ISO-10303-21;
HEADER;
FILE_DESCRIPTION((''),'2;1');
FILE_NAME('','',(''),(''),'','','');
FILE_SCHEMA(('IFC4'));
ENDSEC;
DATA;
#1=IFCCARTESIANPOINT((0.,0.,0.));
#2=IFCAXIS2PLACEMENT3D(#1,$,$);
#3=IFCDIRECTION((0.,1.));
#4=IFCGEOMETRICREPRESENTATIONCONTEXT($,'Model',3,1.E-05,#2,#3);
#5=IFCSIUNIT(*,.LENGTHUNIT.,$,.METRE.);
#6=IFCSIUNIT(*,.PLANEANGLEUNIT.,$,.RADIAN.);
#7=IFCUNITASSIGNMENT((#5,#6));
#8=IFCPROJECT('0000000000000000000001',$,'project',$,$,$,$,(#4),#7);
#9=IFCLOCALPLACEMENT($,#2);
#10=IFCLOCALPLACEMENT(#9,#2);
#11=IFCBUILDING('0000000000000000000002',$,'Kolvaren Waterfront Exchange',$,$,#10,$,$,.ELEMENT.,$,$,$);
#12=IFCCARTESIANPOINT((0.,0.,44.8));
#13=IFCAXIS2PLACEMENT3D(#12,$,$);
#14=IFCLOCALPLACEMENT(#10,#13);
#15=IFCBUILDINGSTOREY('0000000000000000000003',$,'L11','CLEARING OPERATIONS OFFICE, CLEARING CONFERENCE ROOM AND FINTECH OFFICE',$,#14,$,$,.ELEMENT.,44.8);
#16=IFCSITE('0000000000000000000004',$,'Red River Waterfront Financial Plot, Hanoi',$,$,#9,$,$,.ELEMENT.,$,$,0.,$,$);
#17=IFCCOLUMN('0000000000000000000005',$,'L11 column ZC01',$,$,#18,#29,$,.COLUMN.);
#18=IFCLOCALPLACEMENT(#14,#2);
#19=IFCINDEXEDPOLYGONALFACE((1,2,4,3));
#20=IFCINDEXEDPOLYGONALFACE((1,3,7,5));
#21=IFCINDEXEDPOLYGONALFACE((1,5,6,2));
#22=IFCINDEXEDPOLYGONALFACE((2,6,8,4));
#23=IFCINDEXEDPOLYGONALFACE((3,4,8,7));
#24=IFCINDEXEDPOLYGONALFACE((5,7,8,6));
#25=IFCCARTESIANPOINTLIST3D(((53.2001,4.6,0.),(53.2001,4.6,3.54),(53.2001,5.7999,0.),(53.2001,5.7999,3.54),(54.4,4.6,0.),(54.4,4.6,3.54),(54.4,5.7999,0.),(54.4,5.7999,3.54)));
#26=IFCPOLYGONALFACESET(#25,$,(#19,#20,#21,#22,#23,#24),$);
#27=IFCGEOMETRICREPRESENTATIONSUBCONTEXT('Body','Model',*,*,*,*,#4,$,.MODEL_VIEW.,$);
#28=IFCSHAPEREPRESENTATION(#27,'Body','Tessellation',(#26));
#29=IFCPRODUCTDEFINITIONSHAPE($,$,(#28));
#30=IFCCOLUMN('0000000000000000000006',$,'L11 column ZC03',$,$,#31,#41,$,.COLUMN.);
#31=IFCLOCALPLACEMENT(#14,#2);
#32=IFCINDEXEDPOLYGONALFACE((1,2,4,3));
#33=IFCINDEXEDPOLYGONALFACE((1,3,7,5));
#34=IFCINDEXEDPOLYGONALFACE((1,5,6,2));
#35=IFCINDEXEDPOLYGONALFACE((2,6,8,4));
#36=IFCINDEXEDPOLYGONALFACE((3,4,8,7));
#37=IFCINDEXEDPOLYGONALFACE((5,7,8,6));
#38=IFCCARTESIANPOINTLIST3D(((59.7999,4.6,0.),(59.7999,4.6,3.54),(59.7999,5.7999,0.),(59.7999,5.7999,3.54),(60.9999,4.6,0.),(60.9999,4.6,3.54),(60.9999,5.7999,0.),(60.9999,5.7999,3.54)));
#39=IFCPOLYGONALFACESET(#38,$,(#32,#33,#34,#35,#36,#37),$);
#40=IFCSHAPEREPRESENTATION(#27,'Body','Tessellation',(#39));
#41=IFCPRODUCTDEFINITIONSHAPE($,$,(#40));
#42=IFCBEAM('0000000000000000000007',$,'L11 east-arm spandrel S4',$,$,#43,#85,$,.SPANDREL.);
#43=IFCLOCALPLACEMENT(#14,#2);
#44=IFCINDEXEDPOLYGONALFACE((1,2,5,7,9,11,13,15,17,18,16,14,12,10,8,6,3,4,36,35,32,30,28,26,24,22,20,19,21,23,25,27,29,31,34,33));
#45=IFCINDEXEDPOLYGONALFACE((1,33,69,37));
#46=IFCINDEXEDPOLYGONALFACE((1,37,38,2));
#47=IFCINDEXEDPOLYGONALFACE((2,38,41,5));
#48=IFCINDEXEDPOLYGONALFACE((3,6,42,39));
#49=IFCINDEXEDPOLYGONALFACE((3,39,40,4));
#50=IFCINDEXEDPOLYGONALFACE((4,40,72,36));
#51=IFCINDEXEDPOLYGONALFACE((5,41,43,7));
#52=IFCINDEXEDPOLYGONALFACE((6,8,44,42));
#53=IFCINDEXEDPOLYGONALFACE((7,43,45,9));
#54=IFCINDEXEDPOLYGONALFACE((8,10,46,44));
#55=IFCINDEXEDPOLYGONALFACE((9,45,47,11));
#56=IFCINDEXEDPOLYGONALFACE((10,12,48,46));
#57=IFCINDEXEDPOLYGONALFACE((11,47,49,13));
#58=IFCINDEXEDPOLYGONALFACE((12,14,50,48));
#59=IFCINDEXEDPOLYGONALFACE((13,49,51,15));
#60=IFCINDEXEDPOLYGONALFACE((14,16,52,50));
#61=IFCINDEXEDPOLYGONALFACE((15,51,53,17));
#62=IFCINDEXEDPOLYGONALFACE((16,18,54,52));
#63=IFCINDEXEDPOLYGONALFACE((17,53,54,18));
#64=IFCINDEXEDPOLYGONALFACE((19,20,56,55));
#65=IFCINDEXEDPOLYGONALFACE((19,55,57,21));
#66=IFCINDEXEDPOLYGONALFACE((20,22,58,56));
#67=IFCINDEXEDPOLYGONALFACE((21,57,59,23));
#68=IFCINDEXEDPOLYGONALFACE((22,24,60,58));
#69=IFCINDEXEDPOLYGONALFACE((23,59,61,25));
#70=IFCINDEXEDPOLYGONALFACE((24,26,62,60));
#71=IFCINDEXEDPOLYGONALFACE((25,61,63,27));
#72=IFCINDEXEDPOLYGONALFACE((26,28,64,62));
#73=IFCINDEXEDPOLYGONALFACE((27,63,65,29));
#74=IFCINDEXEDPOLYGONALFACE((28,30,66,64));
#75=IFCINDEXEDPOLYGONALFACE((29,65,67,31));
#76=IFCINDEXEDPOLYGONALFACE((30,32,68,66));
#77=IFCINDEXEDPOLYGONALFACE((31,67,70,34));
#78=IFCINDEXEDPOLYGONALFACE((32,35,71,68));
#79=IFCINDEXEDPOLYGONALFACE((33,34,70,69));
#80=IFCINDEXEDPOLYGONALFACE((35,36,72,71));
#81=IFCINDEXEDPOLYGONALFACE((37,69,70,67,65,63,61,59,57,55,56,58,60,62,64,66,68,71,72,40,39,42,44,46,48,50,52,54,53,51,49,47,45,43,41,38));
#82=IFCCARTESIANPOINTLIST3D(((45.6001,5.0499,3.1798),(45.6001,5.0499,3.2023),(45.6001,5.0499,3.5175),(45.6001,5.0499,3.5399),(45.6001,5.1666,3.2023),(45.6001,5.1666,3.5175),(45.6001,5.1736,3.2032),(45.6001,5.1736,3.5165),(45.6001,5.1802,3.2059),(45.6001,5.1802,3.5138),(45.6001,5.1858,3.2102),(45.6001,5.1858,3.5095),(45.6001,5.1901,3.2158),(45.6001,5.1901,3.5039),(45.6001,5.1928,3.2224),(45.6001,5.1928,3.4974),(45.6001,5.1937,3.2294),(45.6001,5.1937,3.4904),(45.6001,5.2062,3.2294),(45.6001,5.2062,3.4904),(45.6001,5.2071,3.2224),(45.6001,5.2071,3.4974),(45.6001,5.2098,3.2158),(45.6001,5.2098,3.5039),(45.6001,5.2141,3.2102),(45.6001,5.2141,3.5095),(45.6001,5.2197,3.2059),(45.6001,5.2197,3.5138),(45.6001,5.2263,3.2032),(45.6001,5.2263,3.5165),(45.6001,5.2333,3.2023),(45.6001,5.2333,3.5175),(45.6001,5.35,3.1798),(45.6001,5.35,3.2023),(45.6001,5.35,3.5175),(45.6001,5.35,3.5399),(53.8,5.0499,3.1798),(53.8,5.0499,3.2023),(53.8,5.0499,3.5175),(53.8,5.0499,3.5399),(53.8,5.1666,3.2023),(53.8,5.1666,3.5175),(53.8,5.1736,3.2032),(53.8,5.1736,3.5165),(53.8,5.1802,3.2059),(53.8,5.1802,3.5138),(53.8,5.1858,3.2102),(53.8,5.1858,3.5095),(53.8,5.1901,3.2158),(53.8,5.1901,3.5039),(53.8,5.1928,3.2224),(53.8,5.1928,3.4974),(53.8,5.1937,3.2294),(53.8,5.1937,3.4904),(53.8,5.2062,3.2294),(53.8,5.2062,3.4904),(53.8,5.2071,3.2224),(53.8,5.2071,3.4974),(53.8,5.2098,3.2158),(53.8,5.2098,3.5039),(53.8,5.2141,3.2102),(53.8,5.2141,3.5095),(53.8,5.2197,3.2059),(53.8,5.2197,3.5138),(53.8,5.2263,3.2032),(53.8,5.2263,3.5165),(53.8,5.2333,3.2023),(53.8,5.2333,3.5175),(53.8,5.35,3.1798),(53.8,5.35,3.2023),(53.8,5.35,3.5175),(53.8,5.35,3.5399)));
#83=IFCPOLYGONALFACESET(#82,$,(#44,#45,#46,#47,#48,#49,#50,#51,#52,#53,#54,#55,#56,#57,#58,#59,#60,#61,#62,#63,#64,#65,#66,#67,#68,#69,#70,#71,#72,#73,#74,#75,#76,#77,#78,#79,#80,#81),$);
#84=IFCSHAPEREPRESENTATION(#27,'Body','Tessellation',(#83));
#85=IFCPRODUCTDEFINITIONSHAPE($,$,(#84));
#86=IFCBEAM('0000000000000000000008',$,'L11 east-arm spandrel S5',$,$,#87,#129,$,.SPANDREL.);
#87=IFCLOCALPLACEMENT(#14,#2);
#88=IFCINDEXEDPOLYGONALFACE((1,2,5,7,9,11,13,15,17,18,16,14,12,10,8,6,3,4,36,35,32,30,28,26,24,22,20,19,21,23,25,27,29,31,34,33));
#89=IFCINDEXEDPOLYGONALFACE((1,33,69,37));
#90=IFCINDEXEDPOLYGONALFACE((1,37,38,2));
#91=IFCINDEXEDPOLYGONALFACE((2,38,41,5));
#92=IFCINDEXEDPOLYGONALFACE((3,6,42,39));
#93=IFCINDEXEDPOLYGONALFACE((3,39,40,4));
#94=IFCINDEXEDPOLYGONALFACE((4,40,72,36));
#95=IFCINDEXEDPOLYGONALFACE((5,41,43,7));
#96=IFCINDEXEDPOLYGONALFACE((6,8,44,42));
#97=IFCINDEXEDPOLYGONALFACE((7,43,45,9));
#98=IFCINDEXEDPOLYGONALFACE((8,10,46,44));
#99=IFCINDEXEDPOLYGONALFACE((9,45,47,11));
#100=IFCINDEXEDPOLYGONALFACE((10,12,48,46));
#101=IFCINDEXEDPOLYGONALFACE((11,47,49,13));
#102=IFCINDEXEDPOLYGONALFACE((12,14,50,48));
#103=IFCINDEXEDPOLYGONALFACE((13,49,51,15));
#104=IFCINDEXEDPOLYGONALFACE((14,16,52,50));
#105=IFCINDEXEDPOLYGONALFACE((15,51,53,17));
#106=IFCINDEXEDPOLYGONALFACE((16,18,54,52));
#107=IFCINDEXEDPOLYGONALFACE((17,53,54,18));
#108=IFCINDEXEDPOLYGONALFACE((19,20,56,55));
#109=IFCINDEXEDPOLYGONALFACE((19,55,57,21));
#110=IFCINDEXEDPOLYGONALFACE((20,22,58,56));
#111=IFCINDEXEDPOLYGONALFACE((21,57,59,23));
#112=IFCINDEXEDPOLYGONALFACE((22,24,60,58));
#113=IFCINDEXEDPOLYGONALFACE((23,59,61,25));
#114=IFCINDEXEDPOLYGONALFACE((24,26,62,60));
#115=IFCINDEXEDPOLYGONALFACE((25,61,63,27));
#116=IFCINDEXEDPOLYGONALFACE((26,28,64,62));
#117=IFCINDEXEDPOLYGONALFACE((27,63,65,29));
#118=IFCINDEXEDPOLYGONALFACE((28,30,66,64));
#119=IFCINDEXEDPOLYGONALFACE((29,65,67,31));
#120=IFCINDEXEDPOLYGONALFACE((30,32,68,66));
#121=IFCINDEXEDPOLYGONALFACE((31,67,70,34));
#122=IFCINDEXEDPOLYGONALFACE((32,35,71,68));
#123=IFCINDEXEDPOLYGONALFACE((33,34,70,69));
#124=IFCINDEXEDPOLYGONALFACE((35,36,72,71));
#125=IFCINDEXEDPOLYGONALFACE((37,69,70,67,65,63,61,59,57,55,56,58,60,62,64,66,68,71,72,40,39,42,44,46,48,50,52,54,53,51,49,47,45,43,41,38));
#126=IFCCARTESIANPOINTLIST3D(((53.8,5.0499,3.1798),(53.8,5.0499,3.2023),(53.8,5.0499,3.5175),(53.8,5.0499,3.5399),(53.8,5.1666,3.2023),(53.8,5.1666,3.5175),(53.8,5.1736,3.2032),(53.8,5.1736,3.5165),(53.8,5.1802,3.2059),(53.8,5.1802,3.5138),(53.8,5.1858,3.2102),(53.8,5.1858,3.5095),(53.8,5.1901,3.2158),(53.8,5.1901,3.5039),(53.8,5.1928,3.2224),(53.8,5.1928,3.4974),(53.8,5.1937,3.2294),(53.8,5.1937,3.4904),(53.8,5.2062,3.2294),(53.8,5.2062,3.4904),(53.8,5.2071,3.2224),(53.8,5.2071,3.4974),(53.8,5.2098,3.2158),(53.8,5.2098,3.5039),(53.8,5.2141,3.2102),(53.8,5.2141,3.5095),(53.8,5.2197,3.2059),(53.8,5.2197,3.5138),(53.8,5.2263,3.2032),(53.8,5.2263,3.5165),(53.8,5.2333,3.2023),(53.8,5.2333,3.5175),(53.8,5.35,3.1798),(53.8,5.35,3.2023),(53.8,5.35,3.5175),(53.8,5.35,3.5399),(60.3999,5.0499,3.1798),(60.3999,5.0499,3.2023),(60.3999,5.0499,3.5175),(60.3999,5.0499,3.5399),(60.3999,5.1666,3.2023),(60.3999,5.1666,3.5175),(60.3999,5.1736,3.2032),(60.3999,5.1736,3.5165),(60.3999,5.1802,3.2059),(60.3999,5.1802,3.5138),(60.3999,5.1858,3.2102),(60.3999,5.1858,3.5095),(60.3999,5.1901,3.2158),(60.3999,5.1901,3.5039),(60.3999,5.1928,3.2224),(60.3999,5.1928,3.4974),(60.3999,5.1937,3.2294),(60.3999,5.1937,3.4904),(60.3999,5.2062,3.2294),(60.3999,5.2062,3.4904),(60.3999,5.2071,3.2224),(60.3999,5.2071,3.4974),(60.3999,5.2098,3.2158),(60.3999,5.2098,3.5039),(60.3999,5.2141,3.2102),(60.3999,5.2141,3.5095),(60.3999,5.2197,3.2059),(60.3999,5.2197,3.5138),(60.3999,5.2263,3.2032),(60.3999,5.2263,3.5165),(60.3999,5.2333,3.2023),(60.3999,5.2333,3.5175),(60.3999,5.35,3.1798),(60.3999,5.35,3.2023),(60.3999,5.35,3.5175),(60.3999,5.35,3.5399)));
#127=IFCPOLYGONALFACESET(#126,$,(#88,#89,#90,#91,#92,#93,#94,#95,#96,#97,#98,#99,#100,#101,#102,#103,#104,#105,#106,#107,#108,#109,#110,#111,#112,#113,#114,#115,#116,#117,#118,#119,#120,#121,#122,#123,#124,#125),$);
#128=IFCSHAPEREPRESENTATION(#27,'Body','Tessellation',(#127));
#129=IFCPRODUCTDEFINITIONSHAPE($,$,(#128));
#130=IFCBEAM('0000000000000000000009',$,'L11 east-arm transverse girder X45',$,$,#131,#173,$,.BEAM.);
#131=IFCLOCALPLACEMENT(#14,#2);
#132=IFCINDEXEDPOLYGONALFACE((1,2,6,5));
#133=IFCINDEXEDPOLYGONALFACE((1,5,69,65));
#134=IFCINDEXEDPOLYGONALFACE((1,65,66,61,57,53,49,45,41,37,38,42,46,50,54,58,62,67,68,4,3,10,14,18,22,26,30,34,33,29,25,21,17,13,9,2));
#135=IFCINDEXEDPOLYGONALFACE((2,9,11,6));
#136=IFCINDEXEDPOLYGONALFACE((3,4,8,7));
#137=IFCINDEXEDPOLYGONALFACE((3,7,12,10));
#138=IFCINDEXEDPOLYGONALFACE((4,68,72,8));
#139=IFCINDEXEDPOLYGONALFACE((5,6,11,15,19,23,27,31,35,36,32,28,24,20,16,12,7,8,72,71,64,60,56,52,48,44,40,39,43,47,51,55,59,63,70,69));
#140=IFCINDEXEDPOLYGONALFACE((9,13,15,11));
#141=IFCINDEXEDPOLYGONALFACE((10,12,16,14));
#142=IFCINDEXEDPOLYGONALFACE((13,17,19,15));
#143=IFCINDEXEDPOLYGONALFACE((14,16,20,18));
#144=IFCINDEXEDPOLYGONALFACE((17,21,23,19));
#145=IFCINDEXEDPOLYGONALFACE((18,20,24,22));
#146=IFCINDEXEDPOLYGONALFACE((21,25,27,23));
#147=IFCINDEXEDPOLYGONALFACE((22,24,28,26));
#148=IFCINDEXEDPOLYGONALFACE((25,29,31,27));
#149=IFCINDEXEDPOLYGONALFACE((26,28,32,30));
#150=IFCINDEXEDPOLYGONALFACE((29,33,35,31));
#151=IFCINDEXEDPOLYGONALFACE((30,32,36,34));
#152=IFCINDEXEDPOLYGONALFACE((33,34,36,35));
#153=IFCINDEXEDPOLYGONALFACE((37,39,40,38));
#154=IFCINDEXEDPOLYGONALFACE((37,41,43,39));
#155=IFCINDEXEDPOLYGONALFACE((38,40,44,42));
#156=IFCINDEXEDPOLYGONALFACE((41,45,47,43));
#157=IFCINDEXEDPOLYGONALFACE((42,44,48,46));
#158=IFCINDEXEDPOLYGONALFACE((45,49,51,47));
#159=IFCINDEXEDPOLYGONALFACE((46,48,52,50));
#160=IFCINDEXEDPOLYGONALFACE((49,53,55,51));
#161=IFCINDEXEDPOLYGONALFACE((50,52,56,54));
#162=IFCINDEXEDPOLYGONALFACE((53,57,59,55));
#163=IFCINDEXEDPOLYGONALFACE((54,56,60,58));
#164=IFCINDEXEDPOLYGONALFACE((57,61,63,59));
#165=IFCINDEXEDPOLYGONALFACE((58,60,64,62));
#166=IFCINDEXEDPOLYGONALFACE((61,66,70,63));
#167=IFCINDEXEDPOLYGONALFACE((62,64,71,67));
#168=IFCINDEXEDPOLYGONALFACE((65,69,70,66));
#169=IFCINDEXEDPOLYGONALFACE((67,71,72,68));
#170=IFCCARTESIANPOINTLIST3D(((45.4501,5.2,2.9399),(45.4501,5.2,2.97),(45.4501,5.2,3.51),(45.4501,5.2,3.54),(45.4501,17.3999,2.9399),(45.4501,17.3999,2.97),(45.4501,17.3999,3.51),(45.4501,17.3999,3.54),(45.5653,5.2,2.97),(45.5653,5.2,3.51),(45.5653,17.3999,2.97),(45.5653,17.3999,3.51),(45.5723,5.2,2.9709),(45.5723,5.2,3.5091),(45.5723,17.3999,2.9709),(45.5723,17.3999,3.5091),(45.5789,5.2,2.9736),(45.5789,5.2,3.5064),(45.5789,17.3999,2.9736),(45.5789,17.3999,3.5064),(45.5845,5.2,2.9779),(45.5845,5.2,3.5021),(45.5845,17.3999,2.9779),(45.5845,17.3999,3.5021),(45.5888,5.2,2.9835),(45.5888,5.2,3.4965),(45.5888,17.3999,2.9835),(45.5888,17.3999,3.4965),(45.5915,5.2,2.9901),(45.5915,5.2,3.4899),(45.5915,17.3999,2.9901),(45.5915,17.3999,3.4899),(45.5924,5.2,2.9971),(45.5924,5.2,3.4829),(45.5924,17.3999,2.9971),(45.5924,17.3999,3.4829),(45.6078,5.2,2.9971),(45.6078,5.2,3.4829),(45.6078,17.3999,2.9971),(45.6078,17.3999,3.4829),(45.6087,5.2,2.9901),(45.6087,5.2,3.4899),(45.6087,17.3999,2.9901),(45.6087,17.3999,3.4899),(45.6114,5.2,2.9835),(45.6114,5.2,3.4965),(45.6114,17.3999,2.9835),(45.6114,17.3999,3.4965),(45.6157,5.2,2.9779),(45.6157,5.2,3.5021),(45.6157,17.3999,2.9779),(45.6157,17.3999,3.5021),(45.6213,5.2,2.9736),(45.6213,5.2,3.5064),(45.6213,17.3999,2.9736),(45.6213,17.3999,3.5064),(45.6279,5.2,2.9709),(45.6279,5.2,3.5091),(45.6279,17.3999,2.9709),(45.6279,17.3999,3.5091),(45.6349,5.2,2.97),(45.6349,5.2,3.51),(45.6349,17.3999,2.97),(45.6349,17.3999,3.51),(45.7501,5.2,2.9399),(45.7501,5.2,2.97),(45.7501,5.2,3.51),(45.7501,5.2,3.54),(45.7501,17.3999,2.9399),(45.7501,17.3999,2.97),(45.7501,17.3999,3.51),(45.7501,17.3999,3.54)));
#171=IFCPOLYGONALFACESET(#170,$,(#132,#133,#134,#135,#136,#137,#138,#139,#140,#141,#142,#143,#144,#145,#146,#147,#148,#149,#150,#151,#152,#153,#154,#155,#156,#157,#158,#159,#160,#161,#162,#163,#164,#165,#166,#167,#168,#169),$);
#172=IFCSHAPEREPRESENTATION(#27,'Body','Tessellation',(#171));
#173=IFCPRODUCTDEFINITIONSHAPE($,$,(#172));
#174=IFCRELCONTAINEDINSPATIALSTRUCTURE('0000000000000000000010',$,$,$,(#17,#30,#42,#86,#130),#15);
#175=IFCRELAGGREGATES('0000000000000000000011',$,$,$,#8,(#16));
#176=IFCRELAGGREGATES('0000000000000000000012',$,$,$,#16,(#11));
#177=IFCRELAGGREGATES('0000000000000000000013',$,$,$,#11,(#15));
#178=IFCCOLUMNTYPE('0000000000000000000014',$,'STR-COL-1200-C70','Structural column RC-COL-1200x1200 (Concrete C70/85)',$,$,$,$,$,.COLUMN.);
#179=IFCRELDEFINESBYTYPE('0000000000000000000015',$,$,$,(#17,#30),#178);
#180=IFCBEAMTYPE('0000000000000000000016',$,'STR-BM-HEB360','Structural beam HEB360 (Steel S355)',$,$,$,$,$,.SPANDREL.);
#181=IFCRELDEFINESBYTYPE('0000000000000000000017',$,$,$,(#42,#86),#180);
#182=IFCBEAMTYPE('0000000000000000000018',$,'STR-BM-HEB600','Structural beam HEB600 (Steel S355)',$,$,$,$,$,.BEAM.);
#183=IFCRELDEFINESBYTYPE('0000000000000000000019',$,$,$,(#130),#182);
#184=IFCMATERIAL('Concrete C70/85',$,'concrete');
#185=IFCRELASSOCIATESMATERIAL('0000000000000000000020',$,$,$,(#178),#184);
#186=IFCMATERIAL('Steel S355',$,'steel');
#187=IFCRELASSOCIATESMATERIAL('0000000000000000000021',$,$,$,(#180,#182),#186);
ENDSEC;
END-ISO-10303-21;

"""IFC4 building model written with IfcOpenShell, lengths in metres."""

from ifc_helpers import new_model, si_unit, direction, frame, origin, origin_2d, place, context, subcontext, project, spatial, rectangle, i_section, extrude, material, material_profile, profile_set, type_object, element, save


model = new_model("IFC4")

# Units and contexts
model_context = context("Model", 3, precision=1e-05, world=origin(), true_north=direction((0.0, 1.0)))
body_context = subcontext(model_context, "Body", "Model", "MODEL_VIEW")
ifc_project = project(units=[si_unit("LENGTHUNIT", "METRE"), si_unit("PLANEANGLEUNIT", "RADIAN")], contexts=[model_context])

# Site, building, storey
site_placement = place(None, origin())
site = spatial("IfcSite", under=ifc_project, at=site_placement, Name="Red River Waterfront Financial Plot, Hanoi", CompositionType="ELEMENT", RefElevation=0.0)
building_placement = place(site_placement, origin())
building = spatial("IfcBuilding", under=site, at=building_placement, Name="Kolvaren Waterfront Exchange", CompositionType="ELEMENT")
storey_placement = place(building_placement, frame((0.0, 0.0, 44.8)))
storey = spatial("IfcBuildingStorey", under=building, at=storey_placement, Name="L11", Description="CLEARING OPERATIONS OFFICE, CLEARING CONFERENCE ROOM AND FINTECH OFFICE", CompositionType="ELEMENT", Elevation=44.8)

# Columns
ifc_material_1 = material(Name="Concrete C70/85", Category="concrete")
ifc_material_profile_1 = material_profile(ifc_material_1, rectangle(XDim=1.2, YDim=1.2, at=origin_2d()), Name="RC-COL-1200x1200")
ifc_profile_set_1 = profile_set([ifc_material_profile_1], Name="Concrete C70/85")
column_type = type_object("IfcColumnType", Name="STR-COL-1200-C70", Description="Structural column RC-COL-1200x1200 (Concrete C70/85)", PredefinedType="COLUMN", material=ifc_profile_set_1)
for number, where, z_axis, x_axis, name in (
    (1, (53.8, 5.2, 0.0), (0.0, 0.0, 1.0), (1.0, 0.0, 0.0), "L11 column ZC01"),
    (2, (60.3999, 5.2, 0.0), (0.0, 0.0, 1.0), (1.0, 0.0, 0.0), "L11 column ZC03"),
):
    element("IfcColumn", number, at=place(storey_placement, frame(where, z_axis=z_axis, x_axis=x_axis)), inside=storey, type_object=column_type, Name=name, PredefinedType="COLUMN", context=body_context, shape_type="SweptSolid", body=[
        extrude(rectangle(XDim=1.2, YDim=1.2, at=origin_2d()), origin(), (0.0, 0.0, 1.0), 3.54),
    ])

# Beams
ifc_material_2 = material(Name="Steel S355", Category="steel")
ifc_material_profile_2 = material_profile(ifc_material_2, i_section(OverallWidth=0.3, OverallDepth=0.3601, WebThickness=0.0125, FlangeThickness=0.0225, FilletRadius=0.0271, at=origin_2d()), Name="HEB360")
ifc_profile_set_2 = profile_set([ifc_material_profile_2], Name="Steel S355")
beam_type_1 = type_object("IfcBeamType", Name="STR-BM-HEB360", Description="Structural beam HEB360 (Steel S355)", PredefinedType="SPANDREL", material=ifc_profile_set_2)
beam_1_placement = place(storey_placement, frame((45.6001, 5.2, 3.3599), z_axis=(1.0, 0.0, 0.0), x_axis=(0.0, 1.0, 0.0)))
element("IfcBeam", 3, at=beam_1_placement, inside=storey, type_object=beam_type_1, Name="L11 east-arm spandrel S4", PredefinedType="SPANDREL", context=body_context, shape_type="SweptSolid", body=[
    extrude(i_section(OverallWidth=0.3, OverallDepth=0.3601, WebThickness=0.0125, FlangeThickness=0.0225, FilletRadius=0.0271, at=origin_2d()), origin(), (0.0, 0.0, 1.0), 8.2),
])
beam_2_placement = place(storey_placement, frame((53.8, 5.2, 3.3599), z_axis=(1.0, 0.0, 0.0), x_axis=(0.0, 1.0, 0.0)))
element("IfcBeam", 4, at=beam_2_placement, inside=storey, type_object=beam_type_1, Name="L11 east-arm spandrel S5", PredefinedType="SPANDREL", context=body_context, shape_type="SweptSolid", body=[
    extrude(i_section(OverallWidth=0.3, OverallDepth=0.3601, WebThickness=0.0125, FlangeThickness=0.0225, FilletRadius=0.0271, at=origin_2d()), origin(), (0.0, 0.0, 1.0), 6.5999),
])
ifc_material_profile_3 = material_profile(ifc_material_2, i_section(OverallWidth=0.3, OverallDepth=0.6001, WebThickness=0.0154, FlangeThickness=0.03, FilletRadius=0.0271, at=origin_2d()), Name="HEB600")
ifc_profile_set_3 = profile_set([ifc_material_profile_3], Name="Steel S355")
beam_type_2 = type_object("IfcBeamType", Name="STR-BM-HEB600", Description="Structural beam HEB600 (Steel S355)", PredefinedType="BEAM", material=ifc_profile_set_3)
for number, where, z_axis, x_axis, name in (
    (5, (45.6001, 5.2, 3.24), (0.0, 1.0, 0.0), (-1.0, 0.0, 0.0), "L11 east-arm transverse girder X45"),
):
    element("IfcBeam", number, at=place(storey_placement, frame(where, z_axis=z_axis, x_axis=x_axis)), inside=storey, type_object=beam_type_2, Name=name, PredefinedType="BEAM", context=body_context, shape_type="SweptSolid", body=[
        extrude(i_section(OverallWidth=0.3, OverallDepth=0.6001, WebThickness=0.0154, FlangeThickness=0.03, FilletRadius=0.0271, at=origin_2d()), origin(), (0.0, 0.0, 1.0), 12.2),
    ])

save(model, "model.ifc")
